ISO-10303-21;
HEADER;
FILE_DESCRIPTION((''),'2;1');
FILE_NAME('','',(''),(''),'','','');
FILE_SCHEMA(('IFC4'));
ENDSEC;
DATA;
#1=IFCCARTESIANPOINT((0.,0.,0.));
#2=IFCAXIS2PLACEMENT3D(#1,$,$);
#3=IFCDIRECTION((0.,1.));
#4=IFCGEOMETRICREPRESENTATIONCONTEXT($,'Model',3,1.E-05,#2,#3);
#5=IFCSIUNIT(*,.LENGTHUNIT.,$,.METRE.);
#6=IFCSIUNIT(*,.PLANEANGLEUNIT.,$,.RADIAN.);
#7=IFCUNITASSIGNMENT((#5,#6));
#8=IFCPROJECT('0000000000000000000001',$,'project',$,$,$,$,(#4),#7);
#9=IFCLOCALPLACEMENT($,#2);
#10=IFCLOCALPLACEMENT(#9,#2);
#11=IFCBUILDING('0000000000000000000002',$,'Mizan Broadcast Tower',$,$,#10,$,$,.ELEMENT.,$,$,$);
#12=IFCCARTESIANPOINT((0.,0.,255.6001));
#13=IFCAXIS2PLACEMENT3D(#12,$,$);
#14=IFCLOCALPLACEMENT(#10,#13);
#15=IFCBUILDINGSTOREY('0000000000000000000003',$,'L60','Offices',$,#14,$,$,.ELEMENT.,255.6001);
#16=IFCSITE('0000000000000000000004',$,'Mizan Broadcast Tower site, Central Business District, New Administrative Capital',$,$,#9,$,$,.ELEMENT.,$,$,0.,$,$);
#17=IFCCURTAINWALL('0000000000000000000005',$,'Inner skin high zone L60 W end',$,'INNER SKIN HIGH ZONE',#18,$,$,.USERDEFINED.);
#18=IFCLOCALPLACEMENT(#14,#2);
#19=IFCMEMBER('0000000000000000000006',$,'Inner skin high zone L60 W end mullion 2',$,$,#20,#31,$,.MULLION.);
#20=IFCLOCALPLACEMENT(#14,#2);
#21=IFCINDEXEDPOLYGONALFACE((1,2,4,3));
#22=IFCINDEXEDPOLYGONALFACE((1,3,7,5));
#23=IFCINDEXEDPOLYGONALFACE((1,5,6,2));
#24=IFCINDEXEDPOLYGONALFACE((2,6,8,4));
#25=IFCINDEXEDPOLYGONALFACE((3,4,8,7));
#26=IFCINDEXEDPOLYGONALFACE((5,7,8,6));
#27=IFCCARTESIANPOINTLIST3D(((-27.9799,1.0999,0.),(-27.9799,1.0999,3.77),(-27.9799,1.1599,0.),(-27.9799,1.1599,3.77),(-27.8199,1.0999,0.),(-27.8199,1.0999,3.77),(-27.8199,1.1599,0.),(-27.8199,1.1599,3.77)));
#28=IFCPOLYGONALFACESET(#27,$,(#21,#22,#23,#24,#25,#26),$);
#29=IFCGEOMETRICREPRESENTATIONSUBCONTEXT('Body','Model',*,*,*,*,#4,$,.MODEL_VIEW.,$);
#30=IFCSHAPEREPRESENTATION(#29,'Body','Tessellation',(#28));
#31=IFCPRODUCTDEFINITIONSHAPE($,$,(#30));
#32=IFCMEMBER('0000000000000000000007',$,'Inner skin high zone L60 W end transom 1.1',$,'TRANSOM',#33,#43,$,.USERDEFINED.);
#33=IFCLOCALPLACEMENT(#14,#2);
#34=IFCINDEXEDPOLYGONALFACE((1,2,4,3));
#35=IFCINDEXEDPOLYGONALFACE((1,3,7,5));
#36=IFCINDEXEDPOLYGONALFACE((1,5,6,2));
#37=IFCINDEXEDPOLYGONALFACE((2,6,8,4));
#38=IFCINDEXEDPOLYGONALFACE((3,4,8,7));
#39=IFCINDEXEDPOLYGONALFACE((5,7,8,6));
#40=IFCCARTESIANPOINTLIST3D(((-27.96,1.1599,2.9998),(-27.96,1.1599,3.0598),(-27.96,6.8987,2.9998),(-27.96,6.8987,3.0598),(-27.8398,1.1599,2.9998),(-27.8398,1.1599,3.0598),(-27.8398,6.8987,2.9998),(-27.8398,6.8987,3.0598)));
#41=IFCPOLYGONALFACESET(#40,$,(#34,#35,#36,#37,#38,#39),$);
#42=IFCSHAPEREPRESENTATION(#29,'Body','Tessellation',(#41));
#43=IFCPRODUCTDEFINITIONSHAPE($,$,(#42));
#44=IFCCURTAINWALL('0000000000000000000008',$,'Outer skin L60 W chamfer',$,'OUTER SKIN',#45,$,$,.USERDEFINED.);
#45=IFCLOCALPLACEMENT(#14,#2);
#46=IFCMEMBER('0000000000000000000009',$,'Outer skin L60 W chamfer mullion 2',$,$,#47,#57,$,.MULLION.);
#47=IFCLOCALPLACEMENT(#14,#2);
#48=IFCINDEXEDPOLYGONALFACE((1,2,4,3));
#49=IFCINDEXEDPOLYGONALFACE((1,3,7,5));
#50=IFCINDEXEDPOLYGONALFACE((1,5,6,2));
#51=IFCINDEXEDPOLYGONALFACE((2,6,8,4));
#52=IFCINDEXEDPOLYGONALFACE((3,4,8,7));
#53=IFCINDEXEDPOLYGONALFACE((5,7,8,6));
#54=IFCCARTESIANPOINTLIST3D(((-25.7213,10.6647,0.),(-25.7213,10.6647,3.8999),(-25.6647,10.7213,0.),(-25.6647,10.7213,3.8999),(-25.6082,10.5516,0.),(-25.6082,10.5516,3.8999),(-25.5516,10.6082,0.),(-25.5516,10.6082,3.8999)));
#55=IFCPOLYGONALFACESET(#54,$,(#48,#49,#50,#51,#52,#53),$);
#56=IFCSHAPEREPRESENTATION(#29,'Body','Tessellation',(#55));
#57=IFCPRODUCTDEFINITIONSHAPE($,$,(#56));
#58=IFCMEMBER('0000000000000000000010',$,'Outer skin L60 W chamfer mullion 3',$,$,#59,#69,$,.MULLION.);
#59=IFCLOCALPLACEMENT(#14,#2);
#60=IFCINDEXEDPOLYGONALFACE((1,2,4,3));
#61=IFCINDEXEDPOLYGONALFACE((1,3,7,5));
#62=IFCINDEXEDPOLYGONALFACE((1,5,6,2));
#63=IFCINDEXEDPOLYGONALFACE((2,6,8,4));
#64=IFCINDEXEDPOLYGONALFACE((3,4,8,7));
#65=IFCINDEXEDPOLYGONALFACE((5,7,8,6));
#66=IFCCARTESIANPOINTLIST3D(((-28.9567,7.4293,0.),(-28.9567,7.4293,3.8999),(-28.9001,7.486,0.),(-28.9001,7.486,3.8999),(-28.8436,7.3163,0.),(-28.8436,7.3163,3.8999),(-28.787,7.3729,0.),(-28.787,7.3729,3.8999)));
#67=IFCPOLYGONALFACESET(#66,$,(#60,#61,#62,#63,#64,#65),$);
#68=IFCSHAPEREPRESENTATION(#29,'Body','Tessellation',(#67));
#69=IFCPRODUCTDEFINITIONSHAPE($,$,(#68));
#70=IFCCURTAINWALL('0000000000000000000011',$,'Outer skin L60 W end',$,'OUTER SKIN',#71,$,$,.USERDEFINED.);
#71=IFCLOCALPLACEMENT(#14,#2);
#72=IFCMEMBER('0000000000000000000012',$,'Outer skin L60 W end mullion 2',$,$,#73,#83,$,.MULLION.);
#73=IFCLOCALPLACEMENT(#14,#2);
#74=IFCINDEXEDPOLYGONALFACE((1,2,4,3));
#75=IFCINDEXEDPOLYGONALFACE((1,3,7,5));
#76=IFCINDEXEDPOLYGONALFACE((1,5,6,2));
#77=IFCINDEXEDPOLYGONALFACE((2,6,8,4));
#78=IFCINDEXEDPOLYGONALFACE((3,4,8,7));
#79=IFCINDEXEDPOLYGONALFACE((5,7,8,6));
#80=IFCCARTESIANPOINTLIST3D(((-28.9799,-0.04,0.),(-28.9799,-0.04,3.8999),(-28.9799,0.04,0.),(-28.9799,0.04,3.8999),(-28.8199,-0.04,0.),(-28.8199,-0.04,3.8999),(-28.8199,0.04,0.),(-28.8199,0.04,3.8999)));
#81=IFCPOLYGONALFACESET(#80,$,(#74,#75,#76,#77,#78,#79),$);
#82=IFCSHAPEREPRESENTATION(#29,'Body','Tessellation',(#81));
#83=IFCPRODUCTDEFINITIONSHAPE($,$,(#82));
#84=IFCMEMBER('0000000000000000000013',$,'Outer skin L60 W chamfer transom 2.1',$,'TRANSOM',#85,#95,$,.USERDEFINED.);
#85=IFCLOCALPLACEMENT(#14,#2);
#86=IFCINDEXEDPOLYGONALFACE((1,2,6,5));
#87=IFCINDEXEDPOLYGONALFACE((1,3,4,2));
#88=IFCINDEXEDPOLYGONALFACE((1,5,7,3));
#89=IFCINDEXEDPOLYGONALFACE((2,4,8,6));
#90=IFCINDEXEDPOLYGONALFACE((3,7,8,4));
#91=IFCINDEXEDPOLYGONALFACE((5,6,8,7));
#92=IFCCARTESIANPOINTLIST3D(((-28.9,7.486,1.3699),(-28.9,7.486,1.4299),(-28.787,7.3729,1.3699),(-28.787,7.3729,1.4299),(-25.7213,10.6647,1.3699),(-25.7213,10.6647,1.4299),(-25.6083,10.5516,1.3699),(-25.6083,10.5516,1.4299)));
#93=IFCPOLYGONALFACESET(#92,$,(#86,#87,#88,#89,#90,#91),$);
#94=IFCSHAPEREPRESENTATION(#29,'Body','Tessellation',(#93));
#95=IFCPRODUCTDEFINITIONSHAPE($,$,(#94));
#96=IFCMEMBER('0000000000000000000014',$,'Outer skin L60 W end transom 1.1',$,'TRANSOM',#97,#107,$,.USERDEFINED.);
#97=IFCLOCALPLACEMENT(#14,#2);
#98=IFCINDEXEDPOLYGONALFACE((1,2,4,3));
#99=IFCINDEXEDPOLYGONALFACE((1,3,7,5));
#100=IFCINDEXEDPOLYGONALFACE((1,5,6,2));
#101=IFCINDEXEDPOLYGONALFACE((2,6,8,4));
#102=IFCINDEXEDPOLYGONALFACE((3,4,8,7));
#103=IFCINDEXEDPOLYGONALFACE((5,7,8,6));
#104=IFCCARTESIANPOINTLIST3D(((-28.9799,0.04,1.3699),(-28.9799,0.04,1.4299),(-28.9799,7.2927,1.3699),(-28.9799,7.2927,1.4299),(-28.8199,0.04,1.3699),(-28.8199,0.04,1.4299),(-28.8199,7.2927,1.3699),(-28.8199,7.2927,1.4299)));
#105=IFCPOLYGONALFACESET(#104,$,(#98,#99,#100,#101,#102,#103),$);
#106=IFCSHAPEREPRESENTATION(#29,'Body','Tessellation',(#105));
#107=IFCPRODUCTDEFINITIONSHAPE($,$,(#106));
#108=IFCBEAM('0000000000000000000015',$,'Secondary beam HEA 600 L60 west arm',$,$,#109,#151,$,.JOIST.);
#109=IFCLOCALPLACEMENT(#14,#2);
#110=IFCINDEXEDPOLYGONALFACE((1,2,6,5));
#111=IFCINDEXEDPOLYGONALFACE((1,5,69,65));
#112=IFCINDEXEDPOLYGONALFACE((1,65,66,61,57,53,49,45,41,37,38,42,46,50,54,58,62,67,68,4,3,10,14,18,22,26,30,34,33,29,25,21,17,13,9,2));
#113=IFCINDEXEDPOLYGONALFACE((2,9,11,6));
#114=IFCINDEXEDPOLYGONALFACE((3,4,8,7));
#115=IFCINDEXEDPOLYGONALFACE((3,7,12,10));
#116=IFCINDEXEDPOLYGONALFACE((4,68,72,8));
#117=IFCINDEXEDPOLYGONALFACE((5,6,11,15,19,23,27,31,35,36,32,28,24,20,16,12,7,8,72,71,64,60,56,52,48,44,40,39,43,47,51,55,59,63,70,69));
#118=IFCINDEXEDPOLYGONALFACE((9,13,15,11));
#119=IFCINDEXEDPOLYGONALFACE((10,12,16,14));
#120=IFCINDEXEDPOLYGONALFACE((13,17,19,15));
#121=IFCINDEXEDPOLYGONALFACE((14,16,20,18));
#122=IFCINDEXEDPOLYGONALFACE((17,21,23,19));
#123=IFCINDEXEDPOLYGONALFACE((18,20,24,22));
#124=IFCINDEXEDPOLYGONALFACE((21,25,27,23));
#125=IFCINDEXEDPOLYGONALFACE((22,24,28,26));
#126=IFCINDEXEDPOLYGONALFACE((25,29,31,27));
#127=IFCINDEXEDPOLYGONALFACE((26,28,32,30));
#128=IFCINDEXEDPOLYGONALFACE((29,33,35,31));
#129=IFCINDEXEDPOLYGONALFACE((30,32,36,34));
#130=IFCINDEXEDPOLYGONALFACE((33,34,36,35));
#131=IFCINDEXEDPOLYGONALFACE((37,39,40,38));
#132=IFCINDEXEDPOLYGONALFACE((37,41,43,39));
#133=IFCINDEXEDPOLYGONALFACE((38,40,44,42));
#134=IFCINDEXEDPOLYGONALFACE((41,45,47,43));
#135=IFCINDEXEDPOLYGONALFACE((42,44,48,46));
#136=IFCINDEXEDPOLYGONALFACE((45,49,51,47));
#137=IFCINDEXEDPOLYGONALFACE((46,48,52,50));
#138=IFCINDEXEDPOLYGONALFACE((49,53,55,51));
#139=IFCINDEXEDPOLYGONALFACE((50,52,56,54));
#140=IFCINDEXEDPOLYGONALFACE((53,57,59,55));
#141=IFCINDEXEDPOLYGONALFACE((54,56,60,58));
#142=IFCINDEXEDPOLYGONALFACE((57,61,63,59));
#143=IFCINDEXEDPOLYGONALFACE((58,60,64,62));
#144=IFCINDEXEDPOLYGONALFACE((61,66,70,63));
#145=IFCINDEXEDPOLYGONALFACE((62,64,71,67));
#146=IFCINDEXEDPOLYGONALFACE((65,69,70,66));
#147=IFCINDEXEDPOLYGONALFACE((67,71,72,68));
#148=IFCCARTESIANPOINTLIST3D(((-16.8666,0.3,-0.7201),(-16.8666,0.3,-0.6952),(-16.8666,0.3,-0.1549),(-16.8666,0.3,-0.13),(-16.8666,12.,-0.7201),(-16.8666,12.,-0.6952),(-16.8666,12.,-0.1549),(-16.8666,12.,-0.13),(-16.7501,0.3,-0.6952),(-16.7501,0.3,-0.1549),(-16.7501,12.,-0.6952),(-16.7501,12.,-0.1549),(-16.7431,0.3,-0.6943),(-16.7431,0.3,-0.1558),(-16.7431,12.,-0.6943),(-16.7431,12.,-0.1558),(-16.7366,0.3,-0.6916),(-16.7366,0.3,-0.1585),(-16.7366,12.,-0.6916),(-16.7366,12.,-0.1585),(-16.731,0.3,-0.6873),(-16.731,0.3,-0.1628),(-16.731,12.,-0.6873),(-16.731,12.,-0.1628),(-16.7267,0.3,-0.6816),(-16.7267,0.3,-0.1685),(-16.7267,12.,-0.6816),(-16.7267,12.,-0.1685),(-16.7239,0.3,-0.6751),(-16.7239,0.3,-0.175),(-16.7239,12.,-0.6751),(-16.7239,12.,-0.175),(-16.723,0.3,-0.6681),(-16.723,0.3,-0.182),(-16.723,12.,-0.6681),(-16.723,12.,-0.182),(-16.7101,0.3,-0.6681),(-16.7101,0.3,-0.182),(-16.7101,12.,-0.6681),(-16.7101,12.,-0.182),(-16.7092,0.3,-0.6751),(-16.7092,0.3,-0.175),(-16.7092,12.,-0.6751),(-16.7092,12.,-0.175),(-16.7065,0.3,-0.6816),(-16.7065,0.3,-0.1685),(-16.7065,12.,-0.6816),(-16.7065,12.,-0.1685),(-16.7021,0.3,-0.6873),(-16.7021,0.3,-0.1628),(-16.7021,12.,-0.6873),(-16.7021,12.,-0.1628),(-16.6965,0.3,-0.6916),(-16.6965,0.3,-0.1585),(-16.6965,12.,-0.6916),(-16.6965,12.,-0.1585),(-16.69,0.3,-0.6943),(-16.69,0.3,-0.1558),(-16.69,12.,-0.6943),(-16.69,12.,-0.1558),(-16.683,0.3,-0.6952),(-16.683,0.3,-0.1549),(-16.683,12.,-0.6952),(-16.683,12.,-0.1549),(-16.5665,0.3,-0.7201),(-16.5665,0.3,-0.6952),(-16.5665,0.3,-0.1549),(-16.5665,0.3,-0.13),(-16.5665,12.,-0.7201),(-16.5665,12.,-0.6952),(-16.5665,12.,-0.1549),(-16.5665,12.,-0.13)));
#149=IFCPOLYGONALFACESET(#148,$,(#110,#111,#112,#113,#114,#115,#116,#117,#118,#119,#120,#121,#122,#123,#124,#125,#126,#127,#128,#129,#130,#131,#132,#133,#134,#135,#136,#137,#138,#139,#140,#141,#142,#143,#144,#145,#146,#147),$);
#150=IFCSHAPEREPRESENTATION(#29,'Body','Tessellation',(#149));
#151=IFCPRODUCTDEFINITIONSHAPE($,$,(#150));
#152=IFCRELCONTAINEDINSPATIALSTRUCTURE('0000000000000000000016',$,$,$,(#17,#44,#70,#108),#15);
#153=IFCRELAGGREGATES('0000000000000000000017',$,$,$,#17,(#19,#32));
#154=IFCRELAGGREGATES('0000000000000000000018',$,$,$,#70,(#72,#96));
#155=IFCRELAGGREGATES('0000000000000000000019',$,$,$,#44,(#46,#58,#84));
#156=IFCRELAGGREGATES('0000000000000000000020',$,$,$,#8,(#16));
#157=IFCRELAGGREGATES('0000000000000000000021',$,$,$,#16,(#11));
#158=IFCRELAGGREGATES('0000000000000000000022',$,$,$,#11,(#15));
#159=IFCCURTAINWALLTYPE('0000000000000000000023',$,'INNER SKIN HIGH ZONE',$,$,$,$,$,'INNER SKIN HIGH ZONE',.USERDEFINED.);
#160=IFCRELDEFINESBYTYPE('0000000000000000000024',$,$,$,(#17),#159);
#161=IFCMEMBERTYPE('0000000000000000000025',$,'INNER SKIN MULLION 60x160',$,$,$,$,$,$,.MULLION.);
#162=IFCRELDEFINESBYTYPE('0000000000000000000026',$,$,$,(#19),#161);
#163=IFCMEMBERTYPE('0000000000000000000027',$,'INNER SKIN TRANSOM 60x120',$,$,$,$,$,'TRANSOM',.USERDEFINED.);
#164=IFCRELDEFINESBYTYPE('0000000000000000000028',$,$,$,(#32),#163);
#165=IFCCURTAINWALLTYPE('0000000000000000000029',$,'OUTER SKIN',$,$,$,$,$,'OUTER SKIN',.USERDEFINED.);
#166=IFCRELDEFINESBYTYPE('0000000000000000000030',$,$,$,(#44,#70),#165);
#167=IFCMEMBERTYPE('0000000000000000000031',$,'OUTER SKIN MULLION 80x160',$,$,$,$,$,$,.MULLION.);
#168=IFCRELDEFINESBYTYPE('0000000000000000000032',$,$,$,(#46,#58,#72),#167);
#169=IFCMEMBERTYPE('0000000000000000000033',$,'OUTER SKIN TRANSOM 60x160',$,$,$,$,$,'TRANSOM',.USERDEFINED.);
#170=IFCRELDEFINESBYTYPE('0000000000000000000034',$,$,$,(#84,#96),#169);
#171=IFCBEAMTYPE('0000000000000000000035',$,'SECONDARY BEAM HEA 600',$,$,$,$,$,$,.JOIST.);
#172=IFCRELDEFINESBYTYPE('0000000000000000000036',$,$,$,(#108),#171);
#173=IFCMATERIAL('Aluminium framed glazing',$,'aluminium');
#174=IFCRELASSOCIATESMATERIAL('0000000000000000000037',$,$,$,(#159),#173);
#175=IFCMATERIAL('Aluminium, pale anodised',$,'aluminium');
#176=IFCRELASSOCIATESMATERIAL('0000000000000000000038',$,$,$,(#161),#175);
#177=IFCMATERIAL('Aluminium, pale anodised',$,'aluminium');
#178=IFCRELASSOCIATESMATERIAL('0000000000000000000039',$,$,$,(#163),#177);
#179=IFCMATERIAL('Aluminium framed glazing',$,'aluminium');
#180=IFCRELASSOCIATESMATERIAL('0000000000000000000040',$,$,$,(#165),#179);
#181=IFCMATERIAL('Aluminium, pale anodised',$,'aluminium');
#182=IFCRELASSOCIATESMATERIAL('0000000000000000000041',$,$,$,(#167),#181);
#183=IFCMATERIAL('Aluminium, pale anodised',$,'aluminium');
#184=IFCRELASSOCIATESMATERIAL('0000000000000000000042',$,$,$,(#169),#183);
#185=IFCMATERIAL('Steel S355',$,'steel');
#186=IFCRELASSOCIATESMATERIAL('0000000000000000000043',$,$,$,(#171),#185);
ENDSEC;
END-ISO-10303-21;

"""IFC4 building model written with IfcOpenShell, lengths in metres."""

from ifc_helpers import new_model, si_unit, direction, frame, origin, origin_2d, place, context, subcontext, project, spatial, rectangle, i_section, extrude, material, material_profile, profile_set, type_object, element, aggregate, save


model = new_model("IFC4")

# Units and contexts
model_context = context("Model", 3, precision=1e-05, world=origin(), true_north=direction((0.0, 1.0)))
body_context = subcontext(model_context, "Body", "Model", "MODEL_VIEW")
ifc_project = project(units=[si_unit("LENGTHUNIT", "METRE"), si_unit("PLANEANGLEUNIT", "RADIAN")], contexts=[model_context])

# Site, building, storey
site_placement = place(None, origin())
site = spatial("IfcSite", under=ifc_project, at=site_placement, Name="Mizan Broadcast Tower site, Central Business District, New Administrative Capital", CompositionType="ELEMENT", RefElevation=0.0)
building_placement = place(site_placement, origin())
building = spatial("IfcBuilding", under=site, at=building_placement, Name="Mizan Broadcast Tower", CompositionType="ELEMENT")
storey_placement = place(building_placement, frame((0.0, 0.0, 255.6001)))
storey = spatial("IfcBuildingStorey", under=building, at=storey_placement, Name="L60", Description="Offices", CompositionType="ELEMENT", Elevation=255.6001)

# Shared definitions
ifc_material_1 = material(Name="Aluminium framed glazing", Category="aluminium")
curtain_wall_type_1 = type_object("IfcCurtainWallType", Name="INNER SKIN HIGH ZONE", ElementType="INNER SKIN HIGH ZONE", PredefinedType="USERDEFINED", material=ifc_material_1)
ifc_material_2 = material(Name="Aluminium, pale anodised", Category="aluminium")
ifc_material_profile_1 = material_profile(ifc_material_2, rectangle(XDim=0.1599, YDim=0.0601, at=origin_2d()), Name="MULLION 160x60")
ifc_profile_set_1 = profile_set([ifc_material_profile_1], Name="Aluminium, pale anodised")
member_type_1 = type_object("IfcMemberType", Name="INNER SKIN MULLION 60x160", PredefinedType="MULLION", material=ifc_profile_set_1)

# Curtain walls, members
curtain_wall_1_placement = place(storey_placement, origin())
curtain_wall_1 = element("IfcCurtainWall", 1, at=curtain_wall_1_placement, inside=storey, type_object=curtain_wall_type_1, Name="Inner skin high zone L60 W end", ObjectType="INNER SKIN HIGH ZONE", PredefinedType="USERDEFINED")
member_1_placement = place(storey_placement, frame((-27.8999, 1.1299, 0.0), z_axis=(0.0, 0.0, 1.0), x_axis=(1.0, 0.0, 0.0)))
member_1 = element("IfcMember", 2, at=member_1_placement, type_object=member_type_1, Name="Inner skin high zone L60 W end mullion 2", PredefinedType="MULLION", context=body_context, shape_type="SweptSolid", body=[
    extrude(rectangle(XDim=0.1599, YDim=0.0601, at=origin_2d()), origin(), (0.0, 0.0, 1.0), 3.77),
])
ifc_material_3 = material(Name="Aluminium, pale anodised", Category="aluminium")
ifc_material_profile_2 = material_profile(ifc_material_3, rectangle(XDim=0.1201, YDim=0.0601, at=origin_2d()), Name="TRANSOM 120x60")
ifc_profile_set_2 = profile_set([ifc_material_profile_2], Name="Aluminium, pale anodised")
member_type_2 = type_object("IfcMemberType", Name="INNER SKIN TRANSOM 60x120", ElementType="TRANSOM", PredefinedType="USERDEFINED", material=ifc_profile_set_2)
member_2_placement = place(storey_placement, frame((-27.8999, 6.8987, 3.0298), z_axis=(0.0, -1.0, 0.0), x_axis=(1.0, 0.0, 0.0)))
member_2 = element("IfcMember", 3, at=member_2_placement, type_object=member_type_2, Name="Inner skin high zone L60 W end transom 1.1", ObjectType="TRANSOM", PredefinedType="USERDEFINED", context=body_context, shape_type="SweptSolid", body=[
    extrude(rectangle(XDim=0.1201, YDim=0.0601, at=origin_2d()), origin(), (0.0, 0.0, 1.0), 5.7388),
])
ifc_material_4 = material(Name="Aluminium framed glazing", Category="aluminium")
curtain_wall_type_2 = type_object("IfcCurtainWallType", Name="OUTER SKIN", ElementType="OUTER SKIN", PredefinedType="USERDEFINED", material=ifc_material_4)
curtain_wall_2_placement = place(storey_placement, origin())
curtain_wall_2 = element("IfcCurtainWall", 4, at=curtain_wall_2_placement, inside=storey, type_object=curtain_wall_type_2, Name="Outer skin L60 W chamfer", ObjectType="OUTER SKIN", PredefinedType="USERDEFINED")
ifc_material_5 = material(Name="Aluminium, pale anodised", Category="aluminium")
ifc_material_profile_3 = material_profile(ifc_material_5, rectangle(XDim=0.1599, YDim=0.0801, at=origin_2d()), Name="MULLION 160x80")
ifc_profile_set_3 = profile_set([ifc_material_profile_3], Name="Aluminium, pale anodised")
member_type_3 = type_object("IfcMemberType", Name="OUTER SKIN MULLION 80x160", PredefinedType="MULLION", material=ifc_profile_set_3)
member_3_placement = place(storey_placement, frame((-25.6365, 10.6365, 0.0), z_axis=(0.0, 0.0, 1.0), x_axis=(0.707107, -0.707107, 0.0)))
member_3 = element("IfcMember", 5, at=member_3_placement, type_object=member_type_3, Name="Outer skin L60 W chamfer mullion 2", PredefinedType="MULLION", context=body_context, shape_type="SweptSolid", body=[
    extrude(rectangle(XDim=0.1599, YDim=0.0801, at=origin_2d()), origin(), (0.0, 0.0, 1.0), 3.8999),
])
member_4_placement = place(storey_placement, frame((-28.8718, 7.4011, 0.0), z_axis=(0.0, 0.0, 1.0), x_axis=(0.707107, -0.707107, 0.0)))
member_4 = element("IfcMember", 6, at=member_4_placement, type_object=member_type_3, Name="Outer skin L60 W chamfer mullion 3", PredefinedType="MULLION", context=body_context, shape_type="SweptSolid", body=[
    extrude(rectangle(XDim=0.1599, YDim=0.0801, at=origin_2d()), origin(), (0.0, 0.0, 1.0), 3.8999),
])

# Curtain wall, member
curtain_wall_3_placement = place(storey_placement, origin())
curtain_wall_3 = element("IfcCurtainWall", 7, at=curtain_wall_3_placement, inside=storey, type_object=curtain_wall_type_2, Name="Outer skin L60 W end", ObjectType="OUTER SKIN", PredefinedType="USERDEFINED")
member_5_placement = place(storey_placement, frame((-28.8999, 0.0, 0.0), z_axis=(0.0, 0.0, 1.0), x_axis=(1.0, 0.0, 0.0)))
member_5 = element("IfcMember", 8, at=member_5_placement, type_object=member_type_3, Name="Outer skin L60 W end mullion 2", PredefinedType="MULLION", context=body_context, shape_type="SweptSolid", body=[
    extrude(rectangle(XDim=0.1599, YDim=0.0801, at=origin_2d()), origin(), (0.0, 0.0, 1.0), 3.8999),
])

# Members
ifc_material_6 = material(Name="Aluminium, pale anodised", Category="aluminium")
ifc_material_profile_4 = material_profile(ifc_material_6, rectangle(XDim=0.1599, YDim=0.0601, at=origin_2d()), Name="TRANSOM 160x60")
ifc_profile_set_4 = profile_set([ifc_material_profile_4], Name="Aluminium, pale anodised")
member_type_4 = type_object("IfcMemberType", Name="OUTER SKIN TRANSOM 60x160", ElementType="TRANSOM", PredefinedType="USERDEFINED", material=ifc_profile_set_4)
member_6_placement = place(storey_placement, frame((-25.6648, 10.6082, 1.3999), z_axis=(-0.707107, -0.707107, 0.0), x_axis=(0.707107, -0.707107, 0.0)))
member_6 = element("IfcMember", 9, at=member_6_placement, type_object=member_type_4, Name="Outer skin L60 W chamfer transom 2.1", ObjectType="TRANSOM", PredefinedType="USERDEFINED", context=body_context, shape_type="SweptSolid", body=[
    extrude(rectangle(XDim=0.1599, YDim=0.0601, at=origin_2d()), origin(), (0.0, 0.0, 1.0), 4.4954),
])
member_7_placement = place(storey_placement, frame((-28.8999, 7.2927, 1.3999), z_axis=(0.0, -1.0, 0.0), x_axis=(1.0, 0.0, 0.0)))
member_7 = element("IfcMember", 10, at=member_7_placement, type_object=member_type_4, Name="Outer skin L60 W end transom 1.1", ObjectType="TRANSOM", PredefinedType="USERDEFINED", context=body_context, shape_type="SweptSolid", body=[
    extrude(rectangle(XDim=0.1599, YDim=0.0601, at=origin_2d()), origin(), (0.0, 0.0, 1.0), 7.2527),
])

# Beam
ifc_material_7 = material(Name="Steel S355", Category="steel")
ifc_material_profile_5 = material_profile(ifc_material_7, i_section(OverallWidth=0.3, OverallDepth=0.5901, WebThickness=0.0129, FlangeThickness=0.0249, FilletRadius=0.0271, at=origin_2d()), Name="HEA 600")
ifc_profile_set_5 = profile_set([ifc_material_profile_5], Name="Steel S355")
beam_type_1 = type_object("IfcBeamType", Name="SECONDARY BEAM HEA 600", PredefinedType="JOIST", material=ifc_profile_set_5)
beam_1_placement = place(storey_placement, frame((-16.7166, 12.0, -0.425), z_axis=(0.0, -1.0, 0.0), x_axis=(1.0, 0.0, 0.0)))
element("IfcBeam", 11, at=beam_1_placement, inside=storey, type_object=beam_type_1, Name="Secondary beam HEA 600 L60 west arm", PredefinedType="JOIST", context=body_context, shape_type="SweptSolid", body=[
    extrude(i_section(OverallWidth=0.3, OverallDepth=0.5901, WebThickness=0.0129, FlangeThickness=0.0249, FilletRadius=0.0271, at=origin_2d()), origin(), (0.0, 0.0, 1.0), 11.7),
])

aggregate(curtain_wall_1, [member_1, member_2])
aggregate(curtain_wall_3, [member_5, member_7])
aggregate(curtain_wall_2, [member_3, member_4, member_6])

save(model, "model.ifc")
